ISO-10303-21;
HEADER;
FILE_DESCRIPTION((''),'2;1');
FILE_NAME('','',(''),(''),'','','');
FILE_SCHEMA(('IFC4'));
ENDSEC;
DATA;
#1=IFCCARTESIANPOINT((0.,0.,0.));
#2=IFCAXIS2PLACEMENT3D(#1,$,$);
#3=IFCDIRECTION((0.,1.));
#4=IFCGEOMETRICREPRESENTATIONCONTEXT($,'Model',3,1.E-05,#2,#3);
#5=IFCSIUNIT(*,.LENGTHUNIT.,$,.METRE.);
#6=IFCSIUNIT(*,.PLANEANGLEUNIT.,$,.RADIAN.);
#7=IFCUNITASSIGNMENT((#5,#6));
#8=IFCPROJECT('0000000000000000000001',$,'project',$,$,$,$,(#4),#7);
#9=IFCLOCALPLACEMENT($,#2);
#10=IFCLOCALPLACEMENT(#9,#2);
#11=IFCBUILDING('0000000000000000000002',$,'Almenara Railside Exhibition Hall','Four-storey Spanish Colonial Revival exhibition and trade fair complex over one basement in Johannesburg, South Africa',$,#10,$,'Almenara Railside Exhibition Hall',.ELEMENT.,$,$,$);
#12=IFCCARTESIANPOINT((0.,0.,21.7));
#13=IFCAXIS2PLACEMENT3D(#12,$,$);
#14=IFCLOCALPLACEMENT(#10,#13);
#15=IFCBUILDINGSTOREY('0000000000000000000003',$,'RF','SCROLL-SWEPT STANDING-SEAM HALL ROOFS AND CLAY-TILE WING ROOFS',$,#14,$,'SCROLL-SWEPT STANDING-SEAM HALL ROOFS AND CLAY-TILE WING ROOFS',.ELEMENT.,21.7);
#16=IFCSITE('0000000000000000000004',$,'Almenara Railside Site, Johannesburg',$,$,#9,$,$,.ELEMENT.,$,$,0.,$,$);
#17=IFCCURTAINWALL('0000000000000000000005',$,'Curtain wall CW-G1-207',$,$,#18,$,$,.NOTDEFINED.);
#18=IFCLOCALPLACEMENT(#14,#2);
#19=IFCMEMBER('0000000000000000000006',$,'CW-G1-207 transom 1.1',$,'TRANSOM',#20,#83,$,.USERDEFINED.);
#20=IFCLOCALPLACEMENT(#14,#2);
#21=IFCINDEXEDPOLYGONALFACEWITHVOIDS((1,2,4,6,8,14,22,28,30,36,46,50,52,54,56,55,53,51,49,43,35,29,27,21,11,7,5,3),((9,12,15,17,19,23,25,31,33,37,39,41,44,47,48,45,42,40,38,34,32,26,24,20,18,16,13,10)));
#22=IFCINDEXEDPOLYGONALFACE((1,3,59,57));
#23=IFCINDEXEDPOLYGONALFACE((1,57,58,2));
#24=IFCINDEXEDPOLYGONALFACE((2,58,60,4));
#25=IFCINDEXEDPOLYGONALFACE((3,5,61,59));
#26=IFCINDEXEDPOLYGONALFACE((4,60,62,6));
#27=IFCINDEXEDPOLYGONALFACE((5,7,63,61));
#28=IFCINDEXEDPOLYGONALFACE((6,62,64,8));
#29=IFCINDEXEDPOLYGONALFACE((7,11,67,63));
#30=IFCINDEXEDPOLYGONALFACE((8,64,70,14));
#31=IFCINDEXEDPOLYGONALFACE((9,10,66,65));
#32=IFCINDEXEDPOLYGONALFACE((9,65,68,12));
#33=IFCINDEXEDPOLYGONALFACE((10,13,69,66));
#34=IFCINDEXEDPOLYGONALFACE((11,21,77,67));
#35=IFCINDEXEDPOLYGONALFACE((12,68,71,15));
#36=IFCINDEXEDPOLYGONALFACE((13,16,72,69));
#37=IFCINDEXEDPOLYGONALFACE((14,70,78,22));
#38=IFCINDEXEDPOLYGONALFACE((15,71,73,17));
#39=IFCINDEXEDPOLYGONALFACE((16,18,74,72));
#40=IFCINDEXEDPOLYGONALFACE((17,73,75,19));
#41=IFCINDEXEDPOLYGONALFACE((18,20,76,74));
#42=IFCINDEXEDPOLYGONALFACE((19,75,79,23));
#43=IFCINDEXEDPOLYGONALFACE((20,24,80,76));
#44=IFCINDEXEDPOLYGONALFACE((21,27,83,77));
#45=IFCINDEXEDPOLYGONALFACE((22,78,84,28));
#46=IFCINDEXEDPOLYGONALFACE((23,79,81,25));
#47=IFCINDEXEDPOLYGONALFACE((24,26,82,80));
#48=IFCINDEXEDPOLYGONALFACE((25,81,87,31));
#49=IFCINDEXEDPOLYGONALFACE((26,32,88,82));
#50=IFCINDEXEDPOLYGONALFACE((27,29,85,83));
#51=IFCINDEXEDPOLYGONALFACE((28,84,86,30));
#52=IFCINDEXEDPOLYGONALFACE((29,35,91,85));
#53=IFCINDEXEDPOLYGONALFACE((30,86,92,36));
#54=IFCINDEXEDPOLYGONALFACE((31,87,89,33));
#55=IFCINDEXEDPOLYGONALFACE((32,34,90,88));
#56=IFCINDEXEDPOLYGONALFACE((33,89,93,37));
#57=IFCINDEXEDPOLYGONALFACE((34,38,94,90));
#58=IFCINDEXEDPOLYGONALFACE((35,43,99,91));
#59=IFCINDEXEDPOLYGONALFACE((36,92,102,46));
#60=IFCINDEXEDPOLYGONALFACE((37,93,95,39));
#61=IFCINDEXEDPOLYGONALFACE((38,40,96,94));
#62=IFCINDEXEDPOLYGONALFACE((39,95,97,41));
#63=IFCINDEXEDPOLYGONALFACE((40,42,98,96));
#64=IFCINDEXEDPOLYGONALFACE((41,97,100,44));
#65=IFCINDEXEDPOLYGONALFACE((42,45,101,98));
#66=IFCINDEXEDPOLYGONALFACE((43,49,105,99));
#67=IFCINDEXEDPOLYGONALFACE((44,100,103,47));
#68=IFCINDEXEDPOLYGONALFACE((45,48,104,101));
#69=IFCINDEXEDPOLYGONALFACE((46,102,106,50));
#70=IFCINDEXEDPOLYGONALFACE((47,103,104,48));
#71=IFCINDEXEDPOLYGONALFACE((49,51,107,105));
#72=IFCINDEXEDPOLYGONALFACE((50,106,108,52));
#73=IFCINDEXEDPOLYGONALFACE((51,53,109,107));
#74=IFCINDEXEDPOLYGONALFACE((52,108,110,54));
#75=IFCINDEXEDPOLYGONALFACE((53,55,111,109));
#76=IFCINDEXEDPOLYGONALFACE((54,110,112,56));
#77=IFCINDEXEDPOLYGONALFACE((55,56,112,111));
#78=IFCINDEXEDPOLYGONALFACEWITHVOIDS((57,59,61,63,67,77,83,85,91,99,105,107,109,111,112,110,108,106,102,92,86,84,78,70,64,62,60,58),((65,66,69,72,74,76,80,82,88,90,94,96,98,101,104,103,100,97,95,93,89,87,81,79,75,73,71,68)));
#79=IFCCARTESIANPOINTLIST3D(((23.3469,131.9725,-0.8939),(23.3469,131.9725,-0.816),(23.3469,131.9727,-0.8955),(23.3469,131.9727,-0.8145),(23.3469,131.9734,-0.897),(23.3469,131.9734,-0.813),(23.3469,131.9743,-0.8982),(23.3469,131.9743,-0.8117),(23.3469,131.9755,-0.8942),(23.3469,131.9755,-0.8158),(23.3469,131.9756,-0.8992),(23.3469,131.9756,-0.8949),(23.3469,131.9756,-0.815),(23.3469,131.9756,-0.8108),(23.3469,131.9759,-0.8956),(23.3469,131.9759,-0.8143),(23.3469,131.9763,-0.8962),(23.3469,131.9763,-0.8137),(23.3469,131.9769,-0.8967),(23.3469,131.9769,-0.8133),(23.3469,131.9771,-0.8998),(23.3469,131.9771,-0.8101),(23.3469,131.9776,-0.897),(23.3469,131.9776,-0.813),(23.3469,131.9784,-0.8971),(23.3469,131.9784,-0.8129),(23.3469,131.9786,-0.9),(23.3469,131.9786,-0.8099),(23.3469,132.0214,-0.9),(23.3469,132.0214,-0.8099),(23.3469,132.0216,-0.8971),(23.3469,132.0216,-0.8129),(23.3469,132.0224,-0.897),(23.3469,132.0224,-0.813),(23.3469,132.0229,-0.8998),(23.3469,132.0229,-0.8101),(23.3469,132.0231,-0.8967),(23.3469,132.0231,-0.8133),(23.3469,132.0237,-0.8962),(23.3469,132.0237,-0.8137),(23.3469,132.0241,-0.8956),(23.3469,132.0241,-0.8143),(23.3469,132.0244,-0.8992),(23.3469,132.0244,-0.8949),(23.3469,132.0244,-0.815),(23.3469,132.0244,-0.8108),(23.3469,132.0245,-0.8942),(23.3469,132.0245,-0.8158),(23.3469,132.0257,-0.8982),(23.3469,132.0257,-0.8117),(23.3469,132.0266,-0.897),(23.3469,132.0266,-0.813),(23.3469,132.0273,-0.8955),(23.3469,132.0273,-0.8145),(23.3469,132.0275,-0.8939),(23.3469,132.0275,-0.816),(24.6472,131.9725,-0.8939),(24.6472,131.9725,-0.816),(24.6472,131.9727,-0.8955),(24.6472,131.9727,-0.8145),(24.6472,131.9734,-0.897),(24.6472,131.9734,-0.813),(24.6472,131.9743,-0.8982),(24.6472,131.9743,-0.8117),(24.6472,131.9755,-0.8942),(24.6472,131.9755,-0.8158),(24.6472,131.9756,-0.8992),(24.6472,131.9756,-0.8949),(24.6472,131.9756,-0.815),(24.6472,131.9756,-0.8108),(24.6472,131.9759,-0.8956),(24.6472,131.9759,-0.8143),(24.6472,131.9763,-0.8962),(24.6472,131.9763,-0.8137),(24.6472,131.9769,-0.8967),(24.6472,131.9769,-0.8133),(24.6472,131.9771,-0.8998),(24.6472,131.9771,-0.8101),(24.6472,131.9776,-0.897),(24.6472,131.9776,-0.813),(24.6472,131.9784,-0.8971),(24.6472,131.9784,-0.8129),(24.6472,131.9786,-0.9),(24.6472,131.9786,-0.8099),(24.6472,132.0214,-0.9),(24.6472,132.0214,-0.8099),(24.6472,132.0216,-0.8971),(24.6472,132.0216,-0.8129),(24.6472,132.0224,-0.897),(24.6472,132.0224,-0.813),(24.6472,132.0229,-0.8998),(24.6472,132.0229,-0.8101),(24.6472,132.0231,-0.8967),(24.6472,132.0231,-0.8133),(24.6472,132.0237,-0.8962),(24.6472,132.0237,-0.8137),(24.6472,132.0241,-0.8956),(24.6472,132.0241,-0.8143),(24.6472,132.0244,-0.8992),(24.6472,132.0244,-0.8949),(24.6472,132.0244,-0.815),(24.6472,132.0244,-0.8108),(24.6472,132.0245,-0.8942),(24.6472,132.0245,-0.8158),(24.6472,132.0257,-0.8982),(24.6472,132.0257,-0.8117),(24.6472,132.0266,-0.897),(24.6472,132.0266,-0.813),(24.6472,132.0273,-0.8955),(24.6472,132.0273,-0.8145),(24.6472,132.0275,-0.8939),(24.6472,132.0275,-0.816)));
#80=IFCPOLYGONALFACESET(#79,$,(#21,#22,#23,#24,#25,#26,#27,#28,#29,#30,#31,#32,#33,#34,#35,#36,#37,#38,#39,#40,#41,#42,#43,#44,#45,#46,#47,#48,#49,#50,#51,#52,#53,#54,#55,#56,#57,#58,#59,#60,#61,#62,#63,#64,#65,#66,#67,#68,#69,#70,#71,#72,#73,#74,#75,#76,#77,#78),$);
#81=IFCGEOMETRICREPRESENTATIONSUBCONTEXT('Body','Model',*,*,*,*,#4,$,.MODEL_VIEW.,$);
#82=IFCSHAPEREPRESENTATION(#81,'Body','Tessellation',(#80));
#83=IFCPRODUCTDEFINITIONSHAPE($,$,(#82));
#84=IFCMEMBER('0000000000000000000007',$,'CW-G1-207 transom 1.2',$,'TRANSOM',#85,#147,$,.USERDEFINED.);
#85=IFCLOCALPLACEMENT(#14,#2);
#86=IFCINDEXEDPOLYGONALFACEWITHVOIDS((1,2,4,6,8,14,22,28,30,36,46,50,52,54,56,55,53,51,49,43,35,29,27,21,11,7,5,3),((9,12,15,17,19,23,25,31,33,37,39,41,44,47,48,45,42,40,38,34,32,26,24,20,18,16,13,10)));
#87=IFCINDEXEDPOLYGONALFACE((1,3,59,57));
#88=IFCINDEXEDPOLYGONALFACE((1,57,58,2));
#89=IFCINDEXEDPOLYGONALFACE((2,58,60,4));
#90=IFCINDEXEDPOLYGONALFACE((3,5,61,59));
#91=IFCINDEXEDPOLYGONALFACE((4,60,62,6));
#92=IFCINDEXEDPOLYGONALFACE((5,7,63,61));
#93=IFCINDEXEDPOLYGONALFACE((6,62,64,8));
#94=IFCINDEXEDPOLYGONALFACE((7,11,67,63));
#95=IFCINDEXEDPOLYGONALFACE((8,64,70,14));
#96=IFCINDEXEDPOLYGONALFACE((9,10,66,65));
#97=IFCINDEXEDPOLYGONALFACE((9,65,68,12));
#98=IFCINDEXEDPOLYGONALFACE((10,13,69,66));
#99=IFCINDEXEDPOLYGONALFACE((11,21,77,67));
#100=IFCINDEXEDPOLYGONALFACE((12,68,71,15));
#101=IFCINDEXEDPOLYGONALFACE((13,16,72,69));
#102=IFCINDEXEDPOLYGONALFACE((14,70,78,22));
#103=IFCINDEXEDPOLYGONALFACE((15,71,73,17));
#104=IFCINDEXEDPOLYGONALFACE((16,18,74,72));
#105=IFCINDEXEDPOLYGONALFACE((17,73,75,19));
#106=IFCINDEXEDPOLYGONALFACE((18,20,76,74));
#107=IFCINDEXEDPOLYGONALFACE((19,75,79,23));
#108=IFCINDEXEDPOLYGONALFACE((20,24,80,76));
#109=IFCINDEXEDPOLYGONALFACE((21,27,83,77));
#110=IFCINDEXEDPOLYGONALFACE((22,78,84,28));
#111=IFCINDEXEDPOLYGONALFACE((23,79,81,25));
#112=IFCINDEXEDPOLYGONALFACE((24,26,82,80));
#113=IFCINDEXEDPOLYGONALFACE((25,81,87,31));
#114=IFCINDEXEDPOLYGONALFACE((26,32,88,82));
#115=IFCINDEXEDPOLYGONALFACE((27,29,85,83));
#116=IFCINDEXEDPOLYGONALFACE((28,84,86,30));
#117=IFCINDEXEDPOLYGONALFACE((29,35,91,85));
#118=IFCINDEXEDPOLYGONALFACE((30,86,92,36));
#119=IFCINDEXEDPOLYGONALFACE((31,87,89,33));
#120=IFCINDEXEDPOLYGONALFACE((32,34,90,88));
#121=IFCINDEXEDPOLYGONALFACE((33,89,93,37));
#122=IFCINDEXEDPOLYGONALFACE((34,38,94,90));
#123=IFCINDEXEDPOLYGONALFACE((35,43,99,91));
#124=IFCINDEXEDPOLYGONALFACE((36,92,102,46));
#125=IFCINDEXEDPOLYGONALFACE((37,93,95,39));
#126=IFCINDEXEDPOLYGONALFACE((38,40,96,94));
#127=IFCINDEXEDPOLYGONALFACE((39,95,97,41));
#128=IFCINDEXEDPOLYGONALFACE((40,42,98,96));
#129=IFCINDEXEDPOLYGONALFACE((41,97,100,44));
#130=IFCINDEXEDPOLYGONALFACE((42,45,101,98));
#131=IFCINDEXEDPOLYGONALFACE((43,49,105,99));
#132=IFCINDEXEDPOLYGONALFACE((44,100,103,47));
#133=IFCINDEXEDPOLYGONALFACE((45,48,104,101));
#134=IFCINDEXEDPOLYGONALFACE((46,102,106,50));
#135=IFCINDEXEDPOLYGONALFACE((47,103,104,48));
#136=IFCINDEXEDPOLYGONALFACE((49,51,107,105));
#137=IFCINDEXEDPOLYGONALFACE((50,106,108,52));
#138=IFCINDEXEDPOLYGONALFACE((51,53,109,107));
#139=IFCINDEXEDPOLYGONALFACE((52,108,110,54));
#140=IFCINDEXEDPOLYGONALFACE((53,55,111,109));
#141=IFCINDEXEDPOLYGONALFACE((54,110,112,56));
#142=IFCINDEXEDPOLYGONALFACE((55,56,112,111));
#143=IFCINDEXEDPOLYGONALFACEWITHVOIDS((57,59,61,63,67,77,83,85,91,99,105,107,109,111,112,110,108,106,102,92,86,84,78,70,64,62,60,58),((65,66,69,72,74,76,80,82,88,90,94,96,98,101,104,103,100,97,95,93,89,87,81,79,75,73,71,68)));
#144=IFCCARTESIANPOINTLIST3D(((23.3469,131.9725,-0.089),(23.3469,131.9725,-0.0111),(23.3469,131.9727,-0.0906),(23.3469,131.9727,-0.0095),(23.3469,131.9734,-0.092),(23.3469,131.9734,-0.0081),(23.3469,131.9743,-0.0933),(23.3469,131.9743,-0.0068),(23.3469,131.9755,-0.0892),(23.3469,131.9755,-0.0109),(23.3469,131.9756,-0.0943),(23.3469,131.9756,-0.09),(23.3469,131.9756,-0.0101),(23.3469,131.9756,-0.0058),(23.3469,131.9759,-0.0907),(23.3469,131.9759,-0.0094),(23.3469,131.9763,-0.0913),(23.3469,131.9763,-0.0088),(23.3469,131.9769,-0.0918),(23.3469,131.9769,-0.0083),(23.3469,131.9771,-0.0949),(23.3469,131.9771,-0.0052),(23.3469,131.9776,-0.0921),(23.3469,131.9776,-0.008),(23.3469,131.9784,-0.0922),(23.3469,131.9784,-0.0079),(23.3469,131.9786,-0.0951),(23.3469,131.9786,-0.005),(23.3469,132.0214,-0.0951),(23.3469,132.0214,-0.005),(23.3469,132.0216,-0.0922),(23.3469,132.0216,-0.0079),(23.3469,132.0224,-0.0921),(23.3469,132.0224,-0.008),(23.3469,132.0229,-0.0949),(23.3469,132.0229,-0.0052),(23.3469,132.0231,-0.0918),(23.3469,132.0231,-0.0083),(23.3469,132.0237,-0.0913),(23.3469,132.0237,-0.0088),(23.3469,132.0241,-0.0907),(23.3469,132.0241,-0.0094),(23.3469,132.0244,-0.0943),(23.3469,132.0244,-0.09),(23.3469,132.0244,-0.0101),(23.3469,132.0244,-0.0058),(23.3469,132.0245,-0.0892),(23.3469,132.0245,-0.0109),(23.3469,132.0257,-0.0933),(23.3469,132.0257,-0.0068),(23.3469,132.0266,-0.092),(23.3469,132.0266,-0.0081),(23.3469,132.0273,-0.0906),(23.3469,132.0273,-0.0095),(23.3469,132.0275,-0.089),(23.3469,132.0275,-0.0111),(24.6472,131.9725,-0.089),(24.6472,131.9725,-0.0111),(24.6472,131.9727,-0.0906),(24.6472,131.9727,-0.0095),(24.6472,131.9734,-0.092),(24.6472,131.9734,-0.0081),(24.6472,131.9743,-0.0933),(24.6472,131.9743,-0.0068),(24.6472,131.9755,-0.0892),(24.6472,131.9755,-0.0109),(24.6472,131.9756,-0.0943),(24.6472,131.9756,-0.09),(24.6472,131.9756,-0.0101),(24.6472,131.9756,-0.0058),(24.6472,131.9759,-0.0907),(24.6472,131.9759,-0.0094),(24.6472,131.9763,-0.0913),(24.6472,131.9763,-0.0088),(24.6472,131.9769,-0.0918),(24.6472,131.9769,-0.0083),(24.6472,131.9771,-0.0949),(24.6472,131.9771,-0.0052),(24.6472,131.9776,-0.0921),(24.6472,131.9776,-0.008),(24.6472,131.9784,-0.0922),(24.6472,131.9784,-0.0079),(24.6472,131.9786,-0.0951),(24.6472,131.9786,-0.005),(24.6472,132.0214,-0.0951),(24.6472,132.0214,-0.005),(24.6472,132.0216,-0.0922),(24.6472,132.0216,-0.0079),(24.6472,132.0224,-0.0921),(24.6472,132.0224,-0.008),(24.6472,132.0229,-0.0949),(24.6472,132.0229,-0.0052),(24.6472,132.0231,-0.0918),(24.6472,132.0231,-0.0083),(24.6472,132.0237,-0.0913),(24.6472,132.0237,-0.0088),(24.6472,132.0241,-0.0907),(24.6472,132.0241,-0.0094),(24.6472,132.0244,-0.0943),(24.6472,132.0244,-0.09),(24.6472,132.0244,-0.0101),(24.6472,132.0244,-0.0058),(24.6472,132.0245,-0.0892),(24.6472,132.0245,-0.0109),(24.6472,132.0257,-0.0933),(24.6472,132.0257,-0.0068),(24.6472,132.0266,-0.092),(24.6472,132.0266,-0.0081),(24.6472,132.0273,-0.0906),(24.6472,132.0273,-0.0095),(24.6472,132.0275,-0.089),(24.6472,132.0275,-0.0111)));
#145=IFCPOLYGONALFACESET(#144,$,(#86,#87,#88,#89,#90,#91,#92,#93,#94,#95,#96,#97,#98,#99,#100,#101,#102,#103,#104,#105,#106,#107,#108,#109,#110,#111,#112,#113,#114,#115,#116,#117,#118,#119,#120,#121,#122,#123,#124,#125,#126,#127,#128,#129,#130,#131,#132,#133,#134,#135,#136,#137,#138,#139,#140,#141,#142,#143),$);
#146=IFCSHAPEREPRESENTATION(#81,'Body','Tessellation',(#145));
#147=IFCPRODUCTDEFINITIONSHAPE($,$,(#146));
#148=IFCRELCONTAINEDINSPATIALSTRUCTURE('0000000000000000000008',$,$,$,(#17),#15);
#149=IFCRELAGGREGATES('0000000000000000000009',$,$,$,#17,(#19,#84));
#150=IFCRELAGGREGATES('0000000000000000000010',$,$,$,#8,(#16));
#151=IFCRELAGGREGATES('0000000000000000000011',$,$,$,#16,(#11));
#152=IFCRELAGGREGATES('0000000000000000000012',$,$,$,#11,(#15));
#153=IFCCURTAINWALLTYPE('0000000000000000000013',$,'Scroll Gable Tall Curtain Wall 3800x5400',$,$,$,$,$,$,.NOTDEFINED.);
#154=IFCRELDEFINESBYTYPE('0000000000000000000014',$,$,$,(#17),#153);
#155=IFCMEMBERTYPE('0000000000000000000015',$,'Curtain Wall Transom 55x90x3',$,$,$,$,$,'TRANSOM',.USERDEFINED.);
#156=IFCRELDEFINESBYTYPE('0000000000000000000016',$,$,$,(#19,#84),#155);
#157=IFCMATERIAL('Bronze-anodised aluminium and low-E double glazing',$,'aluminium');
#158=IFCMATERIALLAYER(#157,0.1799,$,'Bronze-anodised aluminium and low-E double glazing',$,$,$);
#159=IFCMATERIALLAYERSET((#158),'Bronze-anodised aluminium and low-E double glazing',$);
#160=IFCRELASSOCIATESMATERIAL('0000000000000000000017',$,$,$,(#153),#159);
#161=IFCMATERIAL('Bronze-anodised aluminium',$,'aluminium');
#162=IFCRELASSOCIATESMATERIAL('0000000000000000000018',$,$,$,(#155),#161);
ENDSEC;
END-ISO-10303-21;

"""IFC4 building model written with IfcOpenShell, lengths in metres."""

from ifc_helpers import new_model, si_unit, direction, frame, origin, origin_2d, place, context, subcontext, project, spatial, hollow_rectangle, extrude, material, layer, layer_set, material_profile, profile_set, type_object, element, aggregate, save


model = new_model("IFC4")

# Units and contexts
model_context = context("Model", 3, precision=1e-05, world=origin(), true_north=direction((0.0, 1.0)))
body_context = subcontext(model_context, "Body", "Model", "MODEL_VIEW")
ifc_project = project(units=[si_unit("LENGTHUNIT", "METRE"), si_unit("PLANEANGLEUNIT", "RADIAN")], contexts=[model_context])

# Site, building, storey
site_placement = place(None, origin())
site = spatial("IfcSite", under=ifc_project, at=site_placement, Name="Almenara Railside Site, Johannesburg", CompositionType="ELEMENT", RefElevation=0.0)
building_placement = place(site_placement, origin())
building = spatial("IfcBuilding", under=site, at=building_placement, Name="Almenara Railside Exhibition Hall", Description="Four-storey Spanish Colonial Revival exhibition and trade fair complex over one basement in Johannesburg, South Africa", LongName="Almenara Railside Exhibition Hall", CompositionType="ELEMENT")
storey_placement = place(building_placement, frame((0.0, 0.0, 21.7)))
storey = spatial("IfcBuildingStorey", under=building, at=storey_placement, Name="RF", Description="SCROLL-SWEPT STANDING-SEAM HALL ROOFS AND CLAY-TILE WING ROOFS", LongName="SCROLL-SWEPT STANDING-SEAM HALL ROOFS AND CLAY-TILE WING ROOFS", CompositionType="ELEMENT", Elevation=21.7)

# Curtain wall
ifc_material_1 = material(Name="Bronze-anodised aluminium and low-E double glazing", Category="aluminium")
ifc_layer_1 = layer(ifc_material_1, 0.1799, Name="Bronze-anodised aluminium and low-E double glazing")
ifc_layer_set_1 = layer_set([ifc_layer_1], Name="Bronze-anodised aluminium and low-E double glazing")
curtain_wall_type = type_object("IfcCurtainWallType", Name="Scroll Gable Tall Curtain Wall 3800x5400", PredefinedType="NOTDEFINED", material=ifc_layer_set_1)
curtain_wall_1_placement = place(storey_placement, origin())
curtain_wall_1 = element("IfcCurtainWall", 1, at=curtain_wall_1_placement, inside=storey, type_object=curtain_wall_type, Name="Curtain wall CW-G1-207", PredefinedType="NOTDEFINED")
ifc_material_2 = material(Name="Bronze-anodised aluminium", Category="aluminium")

# Members
ifc_material_profile_1 = material_profile(ifc_material_2, hollow_rectangle(XDim=0.0549, YDim=0.0901, WallThickness=0.0029, InnerFilletRadius=0.0029, OuterFilletRadius=0.0061, at=origin_2d()), Name="ALU-TRN 55x90x3")
ifc_profile_set_1 = profile_set([ifc_material_profile_1], Name="Bronze-anodised aluminium")
member_type_1 = type_object("IfcMemberType", Name="Curtain Wall Transom 55x90x3", ElementType="TRANSOM", PredefinedType="USERDEFINED", material=ifc_profile_set_1)
member_1_placement = place(storey_placement, frame((23.3469, 132.0, -0.855), z_axis=(1.0, 0.0, 0.0), x_axis=(0.0, 1.0, 0.0)))
member_1 = element("IfcMember", 2, at=member_1_placement, type_object=member_type_1, Name="CW-G1-207 transom 1.1", ObjectType="TRANSOM", PredefinedType="USERDEFINED", context=body_context, shape_type="SweptSolid", body=[
    extrude(hollow_rectangle(XDim=0.0549, YDim=0.0901, WallThickness=0.0029, InnerFilletRadius=0.0029, OuterFilletRadius=0.0061, at=origin_2d()), origin(), (0.0, 0.0, 1.0), 1.3003),
])
member_2_placement = place(storey_placement, frame((23.3469, 132.0, -0.05), z_axis=(1.0, 0.0, 0.0), x_axis=(0.0, 1.0, 0.0)))
member_2 = element("IfcMember", 3, at=member_2_placement, type_object=member_type_1, Name="CW-G1-207 transom 1.2", ObjectType="TRANSOM", PredefinedType="USERDEFINED", context=body_context, shape_type="SweptSolid", body=[
    extrude(hollow_rectangle(XDim=0.0549, YDim=0.0901, WallThickness=0.0029, InnerFilletRadius=0.0029, OuterFilletRadius=0.0061, at=origin_2d()), origin(), (0.0, 0.0, 1.0), 1.3003),
])

aggregate(curtain_wall_1, [member_1, member_2])

save(model, "model.ifc")
